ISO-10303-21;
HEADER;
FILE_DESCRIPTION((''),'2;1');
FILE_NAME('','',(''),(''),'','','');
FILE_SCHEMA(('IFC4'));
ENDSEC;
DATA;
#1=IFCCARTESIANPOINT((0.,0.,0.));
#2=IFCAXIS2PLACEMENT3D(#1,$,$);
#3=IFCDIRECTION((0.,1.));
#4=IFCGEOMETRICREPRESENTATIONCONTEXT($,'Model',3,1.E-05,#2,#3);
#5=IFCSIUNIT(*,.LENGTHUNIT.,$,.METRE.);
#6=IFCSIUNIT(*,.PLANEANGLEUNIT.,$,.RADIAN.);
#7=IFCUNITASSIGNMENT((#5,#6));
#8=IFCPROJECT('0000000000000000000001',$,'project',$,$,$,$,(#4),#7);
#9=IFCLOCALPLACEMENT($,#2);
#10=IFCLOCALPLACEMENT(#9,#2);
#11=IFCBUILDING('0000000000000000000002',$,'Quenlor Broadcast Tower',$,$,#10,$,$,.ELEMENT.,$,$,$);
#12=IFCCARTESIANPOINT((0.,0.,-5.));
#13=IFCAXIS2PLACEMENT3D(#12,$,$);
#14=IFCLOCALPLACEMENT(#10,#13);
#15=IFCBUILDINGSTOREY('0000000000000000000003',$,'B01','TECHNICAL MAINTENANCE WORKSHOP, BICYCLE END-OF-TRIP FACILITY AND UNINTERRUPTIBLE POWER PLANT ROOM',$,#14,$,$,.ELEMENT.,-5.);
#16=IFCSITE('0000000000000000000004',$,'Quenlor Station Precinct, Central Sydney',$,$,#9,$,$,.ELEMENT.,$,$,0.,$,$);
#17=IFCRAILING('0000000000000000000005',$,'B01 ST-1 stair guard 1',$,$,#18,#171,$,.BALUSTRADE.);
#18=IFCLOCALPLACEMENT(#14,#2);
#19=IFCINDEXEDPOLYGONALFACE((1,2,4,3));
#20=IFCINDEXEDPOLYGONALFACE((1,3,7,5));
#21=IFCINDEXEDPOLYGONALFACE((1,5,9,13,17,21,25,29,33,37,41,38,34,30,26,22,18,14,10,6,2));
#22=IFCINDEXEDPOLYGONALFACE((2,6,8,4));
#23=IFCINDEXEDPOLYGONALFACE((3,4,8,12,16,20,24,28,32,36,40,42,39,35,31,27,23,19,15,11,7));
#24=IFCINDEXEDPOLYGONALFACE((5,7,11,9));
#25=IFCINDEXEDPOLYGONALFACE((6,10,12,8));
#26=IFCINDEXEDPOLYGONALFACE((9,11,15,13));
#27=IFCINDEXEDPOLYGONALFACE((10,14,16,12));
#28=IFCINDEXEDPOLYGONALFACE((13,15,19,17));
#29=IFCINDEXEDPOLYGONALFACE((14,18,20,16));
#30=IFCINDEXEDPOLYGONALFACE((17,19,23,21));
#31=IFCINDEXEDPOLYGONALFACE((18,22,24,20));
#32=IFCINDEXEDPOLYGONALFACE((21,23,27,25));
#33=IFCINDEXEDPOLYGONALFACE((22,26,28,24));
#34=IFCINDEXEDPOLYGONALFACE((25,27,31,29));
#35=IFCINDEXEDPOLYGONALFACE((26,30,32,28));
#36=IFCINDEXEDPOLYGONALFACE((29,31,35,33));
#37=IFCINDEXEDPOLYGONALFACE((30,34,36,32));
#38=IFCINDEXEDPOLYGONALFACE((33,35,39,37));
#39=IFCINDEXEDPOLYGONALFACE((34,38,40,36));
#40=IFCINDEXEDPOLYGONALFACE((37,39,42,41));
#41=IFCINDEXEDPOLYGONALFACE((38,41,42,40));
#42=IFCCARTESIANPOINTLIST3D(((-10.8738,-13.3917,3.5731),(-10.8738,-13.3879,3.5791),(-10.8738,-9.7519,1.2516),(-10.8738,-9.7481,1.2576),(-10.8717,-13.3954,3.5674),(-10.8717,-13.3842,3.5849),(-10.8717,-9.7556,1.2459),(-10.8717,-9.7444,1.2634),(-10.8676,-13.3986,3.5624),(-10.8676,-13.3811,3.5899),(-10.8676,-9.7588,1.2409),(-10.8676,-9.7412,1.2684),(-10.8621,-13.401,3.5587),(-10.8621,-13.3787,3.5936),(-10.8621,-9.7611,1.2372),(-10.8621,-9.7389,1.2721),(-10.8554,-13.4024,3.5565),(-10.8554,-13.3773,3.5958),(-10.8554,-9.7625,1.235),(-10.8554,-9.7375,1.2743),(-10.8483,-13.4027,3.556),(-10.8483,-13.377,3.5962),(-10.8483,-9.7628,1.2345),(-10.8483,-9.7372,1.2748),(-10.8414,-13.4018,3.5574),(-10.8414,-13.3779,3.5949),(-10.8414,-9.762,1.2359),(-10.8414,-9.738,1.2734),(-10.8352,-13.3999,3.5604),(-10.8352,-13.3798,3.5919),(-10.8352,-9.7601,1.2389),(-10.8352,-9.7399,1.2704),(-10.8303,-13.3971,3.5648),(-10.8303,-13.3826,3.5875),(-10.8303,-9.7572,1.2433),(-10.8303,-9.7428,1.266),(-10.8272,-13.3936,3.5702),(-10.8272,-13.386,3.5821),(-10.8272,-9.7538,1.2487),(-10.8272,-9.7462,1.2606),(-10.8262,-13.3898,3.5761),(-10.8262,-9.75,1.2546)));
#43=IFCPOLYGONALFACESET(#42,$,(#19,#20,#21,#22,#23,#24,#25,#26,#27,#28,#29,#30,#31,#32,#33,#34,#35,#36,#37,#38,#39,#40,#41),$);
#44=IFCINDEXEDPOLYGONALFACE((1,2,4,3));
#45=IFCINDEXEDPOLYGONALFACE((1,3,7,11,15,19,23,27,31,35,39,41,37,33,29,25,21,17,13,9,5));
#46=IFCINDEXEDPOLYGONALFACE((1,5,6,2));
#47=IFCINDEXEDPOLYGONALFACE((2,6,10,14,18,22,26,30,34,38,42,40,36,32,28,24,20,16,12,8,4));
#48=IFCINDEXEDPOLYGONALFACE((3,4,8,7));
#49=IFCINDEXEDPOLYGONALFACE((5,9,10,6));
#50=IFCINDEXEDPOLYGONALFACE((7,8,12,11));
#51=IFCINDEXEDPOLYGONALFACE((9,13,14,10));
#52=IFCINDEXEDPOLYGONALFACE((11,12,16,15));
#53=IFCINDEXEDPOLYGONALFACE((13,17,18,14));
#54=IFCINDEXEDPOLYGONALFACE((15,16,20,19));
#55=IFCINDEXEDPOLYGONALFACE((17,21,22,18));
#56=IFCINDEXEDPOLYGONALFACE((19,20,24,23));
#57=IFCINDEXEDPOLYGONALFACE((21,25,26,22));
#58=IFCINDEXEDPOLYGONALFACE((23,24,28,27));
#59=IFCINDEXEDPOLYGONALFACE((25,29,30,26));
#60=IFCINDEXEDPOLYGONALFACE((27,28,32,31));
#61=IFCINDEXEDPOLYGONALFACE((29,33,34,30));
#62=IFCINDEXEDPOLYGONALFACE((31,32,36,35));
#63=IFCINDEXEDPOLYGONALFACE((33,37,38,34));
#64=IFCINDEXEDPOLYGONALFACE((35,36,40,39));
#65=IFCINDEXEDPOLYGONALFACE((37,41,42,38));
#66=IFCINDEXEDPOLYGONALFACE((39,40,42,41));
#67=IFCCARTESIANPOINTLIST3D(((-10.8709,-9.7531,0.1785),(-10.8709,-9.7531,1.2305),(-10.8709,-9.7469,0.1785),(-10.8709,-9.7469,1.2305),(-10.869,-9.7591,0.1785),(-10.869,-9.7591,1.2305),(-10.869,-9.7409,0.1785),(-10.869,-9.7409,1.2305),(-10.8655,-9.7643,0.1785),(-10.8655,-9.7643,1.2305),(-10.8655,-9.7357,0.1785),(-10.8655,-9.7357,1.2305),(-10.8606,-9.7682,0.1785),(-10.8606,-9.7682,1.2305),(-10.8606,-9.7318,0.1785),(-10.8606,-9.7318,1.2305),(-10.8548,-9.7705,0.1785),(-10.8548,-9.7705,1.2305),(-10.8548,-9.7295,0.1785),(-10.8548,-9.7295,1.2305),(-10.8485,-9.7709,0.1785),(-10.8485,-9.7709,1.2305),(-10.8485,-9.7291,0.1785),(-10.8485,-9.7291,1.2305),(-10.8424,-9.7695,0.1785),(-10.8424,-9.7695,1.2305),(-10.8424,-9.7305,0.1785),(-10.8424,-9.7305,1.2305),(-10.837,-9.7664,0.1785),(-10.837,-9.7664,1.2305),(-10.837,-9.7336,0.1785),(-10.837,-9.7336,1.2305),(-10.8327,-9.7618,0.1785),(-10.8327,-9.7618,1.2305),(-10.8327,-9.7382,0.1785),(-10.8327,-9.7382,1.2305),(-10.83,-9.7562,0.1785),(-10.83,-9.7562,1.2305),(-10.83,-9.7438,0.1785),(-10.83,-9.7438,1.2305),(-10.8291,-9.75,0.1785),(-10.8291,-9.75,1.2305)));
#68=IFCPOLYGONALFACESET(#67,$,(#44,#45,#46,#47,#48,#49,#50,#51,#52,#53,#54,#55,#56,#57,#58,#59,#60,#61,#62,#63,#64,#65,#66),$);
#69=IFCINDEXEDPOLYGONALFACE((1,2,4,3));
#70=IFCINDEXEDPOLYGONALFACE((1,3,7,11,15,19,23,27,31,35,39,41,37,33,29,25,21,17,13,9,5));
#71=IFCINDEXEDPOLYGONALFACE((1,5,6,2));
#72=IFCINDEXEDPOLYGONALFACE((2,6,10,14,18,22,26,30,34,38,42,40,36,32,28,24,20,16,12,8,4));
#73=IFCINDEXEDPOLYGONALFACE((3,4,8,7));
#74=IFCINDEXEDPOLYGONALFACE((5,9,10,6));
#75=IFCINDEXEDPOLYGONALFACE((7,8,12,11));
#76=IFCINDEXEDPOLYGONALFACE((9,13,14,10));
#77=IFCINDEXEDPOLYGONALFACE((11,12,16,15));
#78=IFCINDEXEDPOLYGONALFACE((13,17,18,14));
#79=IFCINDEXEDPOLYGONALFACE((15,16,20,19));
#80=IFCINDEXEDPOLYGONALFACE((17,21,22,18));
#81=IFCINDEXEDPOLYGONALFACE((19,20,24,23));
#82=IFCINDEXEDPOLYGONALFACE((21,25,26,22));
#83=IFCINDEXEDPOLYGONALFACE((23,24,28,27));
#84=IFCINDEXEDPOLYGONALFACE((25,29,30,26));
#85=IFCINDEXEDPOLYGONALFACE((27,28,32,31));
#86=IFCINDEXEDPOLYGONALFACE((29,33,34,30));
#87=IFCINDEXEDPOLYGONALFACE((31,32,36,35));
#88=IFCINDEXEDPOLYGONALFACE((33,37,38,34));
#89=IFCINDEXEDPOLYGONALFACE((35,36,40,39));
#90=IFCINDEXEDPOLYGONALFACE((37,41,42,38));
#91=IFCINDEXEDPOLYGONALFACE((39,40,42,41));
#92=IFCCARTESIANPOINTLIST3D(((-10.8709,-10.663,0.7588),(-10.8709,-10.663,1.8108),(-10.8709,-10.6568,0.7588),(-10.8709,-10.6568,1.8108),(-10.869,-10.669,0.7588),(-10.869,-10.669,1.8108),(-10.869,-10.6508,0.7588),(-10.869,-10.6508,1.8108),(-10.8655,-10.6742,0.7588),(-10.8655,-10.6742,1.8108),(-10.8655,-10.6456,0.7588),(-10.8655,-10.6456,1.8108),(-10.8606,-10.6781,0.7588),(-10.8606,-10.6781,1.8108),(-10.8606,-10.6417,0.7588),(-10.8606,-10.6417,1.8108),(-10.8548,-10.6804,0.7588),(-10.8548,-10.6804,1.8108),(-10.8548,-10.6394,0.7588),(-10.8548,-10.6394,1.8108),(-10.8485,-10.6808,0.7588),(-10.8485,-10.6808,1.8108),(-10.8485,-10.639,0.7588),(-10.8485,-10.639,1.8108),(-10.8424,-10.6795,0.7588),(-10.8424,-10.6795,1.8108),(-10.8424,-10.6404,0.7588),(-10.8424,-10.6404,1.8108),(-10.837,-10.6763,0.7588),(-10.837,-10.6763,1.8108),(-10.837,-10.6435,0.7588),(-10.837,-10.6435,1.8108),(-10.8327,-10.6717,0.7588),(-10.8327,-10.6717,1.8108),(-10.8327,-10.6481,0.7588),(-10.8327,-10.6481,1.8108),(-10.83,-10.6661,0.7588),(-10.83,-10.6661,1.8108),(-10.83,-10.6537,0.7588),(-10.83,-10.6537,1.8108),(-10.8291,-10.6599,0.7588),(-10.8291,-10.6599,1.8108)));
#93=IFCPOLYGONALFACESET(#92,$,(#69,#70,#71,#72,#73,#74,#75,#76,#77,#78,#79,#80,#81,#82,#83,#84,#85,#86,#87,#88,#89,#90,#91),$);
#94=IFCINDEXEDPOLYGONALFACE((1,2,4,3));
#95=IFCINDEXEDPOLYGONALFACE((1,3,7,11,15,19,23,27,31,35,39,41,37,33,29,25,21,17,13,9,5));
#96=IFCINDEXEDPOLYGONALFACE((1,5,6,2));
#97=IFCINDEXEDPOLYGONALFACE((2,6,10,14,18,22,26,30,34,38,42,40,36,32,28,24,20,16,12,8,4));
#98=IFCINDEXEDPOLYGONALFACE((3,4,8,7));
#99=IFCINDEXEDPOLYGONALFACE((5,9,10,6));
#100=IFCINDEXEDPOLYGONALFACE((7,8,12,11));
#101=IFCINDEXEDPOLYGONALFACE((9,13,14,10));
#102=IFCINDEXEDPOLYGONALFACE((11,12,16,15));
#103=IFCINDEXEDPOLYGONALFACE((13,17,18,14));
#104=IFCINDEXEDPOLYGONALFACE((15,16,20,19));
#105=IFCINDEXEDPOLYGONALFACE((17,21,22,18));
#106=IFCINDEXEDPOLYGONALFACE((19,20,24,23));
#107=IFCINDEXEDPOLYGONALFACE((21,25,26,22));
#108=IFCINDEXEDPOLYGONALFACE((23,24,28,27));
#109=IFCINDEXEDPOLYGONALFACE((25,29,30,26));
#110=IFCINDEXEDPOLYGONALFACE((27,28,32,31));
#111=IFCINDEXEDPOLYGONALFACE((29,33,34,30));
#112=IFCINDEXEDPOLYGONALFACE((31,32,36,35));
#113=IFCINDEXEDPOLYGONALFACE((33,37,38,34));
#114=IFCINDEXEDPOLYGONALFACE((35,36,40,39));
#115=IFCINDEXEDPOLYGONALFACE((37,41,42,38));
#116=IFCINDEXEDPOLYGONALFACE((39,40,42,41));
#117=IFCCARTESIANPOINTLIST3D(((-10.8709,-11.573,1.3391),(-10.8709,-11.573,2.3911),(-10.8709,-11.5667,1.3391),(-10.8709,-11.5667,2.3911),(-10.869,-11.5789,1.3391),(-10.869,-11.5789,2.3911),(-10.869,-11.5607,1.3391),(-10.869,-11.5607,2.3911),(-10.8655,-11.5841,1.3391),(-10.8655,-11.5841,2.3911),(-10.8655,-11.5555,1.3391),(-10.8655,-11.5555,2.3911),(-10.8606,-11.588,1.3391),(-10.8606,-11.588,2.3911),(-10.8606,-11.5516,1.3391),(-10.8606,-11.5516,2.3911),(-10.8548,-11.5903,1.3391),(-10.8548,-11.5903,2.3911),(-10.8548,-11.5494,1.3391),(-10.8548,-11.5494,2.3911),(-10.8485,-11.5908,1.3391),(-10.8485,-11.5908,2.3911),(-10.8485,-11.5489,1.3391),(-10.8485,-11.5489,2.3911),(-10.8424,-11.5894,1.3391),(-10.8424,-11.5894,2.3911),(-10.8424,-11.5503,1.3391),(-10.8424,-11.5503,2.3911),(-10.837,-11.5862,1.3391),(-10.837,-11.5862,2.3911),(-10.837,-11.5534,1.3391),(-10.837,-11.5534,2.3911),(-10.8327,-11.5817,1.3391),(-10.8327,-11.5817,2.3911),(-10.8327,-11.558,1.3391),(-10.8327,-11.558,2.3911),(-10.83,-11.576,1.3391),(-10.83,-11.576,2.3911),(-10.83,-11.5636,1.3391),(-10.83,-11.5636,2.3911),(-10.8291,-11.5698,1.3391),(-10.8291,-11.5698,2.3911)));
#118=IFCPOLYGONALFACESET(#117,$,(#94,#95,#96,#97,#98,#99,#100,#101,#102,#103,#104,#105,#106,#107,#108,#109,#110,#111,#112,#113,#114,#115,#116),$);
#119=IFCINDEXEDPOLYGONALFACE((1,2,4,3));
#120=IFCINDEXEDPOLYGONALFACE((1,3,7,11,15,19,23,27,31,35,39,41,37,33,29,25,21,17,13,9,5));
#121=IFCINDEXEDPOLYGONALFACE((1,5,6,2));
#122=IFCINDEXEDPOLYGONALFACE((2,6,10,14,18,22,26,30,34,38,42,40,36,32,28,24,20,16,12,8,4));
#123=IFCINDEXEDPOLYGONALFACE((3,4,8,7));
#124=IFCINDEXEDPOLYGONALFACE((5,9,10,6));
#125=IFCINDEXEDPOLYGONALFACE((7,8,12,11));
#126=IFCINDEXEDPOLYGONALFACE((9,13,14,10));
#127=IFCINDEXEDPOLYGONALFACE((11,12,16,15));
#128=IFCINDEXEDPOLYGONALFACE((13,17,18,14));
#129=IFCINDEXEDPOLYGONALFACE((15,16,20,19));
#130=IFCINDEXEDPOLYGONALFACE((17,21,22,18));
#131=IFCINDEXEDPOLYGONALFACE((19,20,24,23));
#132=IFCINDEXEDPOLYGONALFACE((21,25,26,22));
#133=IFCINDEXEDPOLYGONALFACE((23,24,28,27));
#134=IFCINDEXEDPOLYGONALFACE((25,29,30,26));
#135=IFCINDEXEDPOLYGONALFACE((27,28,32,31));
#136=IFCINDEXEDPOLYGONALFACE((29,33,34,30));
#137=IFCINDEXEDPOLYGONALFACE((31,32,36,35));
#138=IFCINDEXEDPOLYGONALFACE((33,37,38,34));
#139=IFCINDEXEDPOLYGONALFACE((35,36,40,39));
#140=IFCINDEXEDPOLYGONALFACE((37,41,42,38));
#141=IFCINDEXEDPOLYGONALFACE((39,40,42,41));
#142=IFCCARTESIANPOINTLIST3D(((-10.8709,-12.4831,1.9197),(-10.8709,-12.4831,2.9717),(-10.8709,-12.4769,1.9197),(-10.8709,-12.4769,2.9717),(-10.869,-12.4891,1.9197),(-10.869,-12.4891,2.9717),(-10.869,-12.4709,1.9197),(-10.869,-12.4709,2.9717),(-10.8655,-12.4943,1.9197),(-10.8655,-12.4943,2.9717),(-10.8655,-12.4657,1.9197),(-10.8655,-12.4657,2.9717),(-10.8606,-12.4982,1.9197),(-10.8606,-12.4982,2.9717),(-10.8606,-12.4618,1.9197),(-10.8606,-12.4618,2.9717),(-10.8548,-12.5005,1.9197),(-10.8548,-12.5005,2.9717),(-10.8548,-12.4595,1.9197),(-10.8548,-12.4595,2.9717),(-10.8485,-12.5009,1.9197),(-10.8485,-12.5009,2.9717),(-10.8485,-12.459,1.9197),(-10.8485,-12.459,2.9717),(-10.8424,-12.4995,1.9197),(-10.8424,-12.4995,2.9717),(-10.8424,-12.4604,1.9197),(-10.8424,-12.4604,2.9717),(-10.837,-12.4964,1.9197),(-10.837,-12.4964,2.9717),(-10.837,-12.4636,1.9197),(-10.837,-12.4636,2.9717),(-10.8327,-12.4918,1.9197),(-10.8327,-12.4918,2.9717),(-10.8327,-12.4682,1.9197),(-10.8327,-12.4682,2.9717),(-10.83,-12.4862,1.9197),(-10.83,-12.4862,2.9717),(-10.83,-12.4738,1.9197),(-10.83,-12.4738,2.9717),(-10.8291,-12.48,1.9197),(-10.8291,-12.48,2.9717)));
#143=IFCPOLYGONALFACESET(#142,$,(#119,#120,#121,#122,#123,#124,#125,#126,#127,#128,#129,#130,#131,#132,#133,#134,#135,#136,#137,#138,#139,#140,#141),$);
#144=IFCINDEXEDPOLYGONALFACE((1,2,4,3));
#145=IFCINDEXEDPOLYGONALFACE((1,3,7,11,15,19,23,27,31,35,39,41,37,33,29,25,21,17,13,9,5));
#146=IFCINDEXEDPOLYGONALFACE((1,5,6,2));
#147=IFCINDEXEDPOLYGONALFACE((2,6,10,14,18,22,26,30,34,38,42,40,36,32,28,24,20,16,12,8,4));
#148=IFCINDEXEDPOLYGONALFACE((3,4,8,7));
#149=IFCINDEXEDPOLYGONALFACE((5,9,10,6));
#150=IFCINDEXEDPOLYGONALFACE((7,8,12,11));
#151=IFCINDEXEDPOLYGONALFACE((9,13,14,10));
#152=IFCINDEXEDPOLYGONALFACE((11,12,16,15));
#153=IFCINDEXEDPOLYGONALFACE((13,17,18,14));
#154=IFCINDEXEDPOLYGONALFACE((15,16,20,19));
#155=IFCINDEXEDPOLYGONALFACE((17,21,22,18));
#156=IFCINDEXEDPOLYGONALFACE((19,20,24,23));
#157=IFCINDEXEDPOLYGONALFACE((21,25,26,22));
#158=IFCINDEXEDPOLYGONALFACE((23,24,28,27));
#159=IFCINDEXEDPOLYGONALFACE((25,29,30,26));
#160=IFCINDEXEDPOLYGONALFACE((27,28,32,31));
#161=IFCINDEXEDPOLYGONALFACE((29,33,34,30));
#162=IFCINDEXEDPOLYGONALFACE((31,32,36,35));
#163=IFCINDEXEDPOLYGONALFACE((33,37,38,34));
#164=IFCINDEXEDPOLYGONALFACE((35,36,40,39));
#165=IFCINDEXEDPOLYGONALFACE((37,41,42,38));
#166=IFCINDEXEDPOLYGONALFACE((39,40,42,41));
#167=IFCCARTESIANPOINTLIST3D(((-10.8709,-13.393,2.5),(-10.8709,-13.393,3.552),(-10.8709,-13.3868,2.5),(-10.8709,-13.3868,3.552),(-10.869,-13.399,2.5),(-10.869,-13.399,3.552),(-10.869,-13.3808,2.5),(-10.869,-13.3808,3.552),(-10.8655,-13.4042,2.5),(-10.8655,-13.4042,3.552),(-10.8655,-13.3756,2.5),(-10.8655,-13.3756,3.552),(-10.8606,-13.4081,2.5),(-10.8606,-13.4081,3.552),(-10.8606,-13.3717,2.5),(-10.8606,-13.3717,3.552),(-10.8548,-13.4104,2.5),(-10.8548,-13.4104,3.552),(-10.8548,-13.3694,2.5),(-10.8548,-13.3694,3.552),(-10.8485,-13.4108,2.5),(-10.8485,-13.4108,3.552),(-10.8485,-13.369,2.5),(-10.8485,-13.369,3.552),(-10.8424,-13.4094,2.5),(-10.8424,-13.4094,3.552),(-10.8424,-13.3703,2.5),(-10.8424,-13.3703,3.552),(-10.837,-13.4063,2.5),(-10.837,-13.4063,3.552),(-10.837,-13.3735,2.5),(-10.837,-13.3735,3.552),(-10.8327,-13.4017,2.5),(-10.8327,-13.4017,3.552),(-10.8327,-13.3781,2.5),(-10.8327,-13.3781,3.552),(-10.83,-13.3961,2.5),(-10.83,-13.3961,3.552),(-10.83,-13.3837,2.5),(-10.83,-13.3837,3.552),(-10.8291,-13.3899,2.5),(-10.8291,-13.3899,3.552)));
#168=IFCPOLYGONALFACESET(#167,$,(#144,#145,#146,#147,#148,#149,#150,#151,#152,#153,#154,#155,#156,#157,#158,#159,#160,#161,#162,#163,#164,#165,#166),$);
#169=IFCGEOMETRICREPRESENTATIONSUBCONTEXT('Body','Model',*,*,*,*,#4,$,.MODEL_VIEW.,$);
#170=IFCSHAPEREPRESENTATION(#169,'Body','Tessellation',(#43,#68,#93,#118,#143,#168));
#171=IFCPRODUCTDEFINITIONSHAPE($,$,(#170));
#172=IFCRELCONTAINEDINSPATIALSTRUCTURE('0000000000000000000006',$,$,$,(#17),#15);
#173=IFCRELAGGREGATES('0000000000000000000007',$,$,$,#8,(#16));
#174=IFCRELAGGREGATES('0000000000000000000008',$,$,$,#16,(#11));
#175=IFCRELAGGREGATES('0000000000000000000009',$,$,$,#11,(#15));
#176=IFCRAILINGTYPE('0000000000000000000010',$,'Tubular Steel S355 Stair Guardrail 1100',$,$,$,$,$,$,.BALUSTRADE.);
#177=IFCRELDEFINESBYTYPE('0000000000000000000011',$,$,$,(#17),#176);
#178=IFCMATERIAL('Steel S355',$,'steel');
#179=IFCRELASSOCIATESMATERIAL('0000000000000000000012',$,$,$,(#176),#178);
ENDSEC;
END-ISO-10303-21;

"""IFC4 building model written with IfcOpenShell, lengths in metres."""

from ifc_helpers import new_model, si_unit, direction, frame, origin, origin_2d, place, context, subcontext, project, spatial, circle, extrude, material, type_object, element, save


model = new_model("IFC4")

# Units and contexts
model_context = context("Model", 3, precision=1e-05, world=origin(), true_north=direction((0.0, 1.0)))
body_context = subcontext(model_context, "Body", "Model", "MODEL_VIEW")
ifc_project = project(units=[si_unit("LENGTHUNIT", "METRE"), si_unit("PLANEANGLEUNIT", "RADIAN")], contexts=[model_context])

# Site, building, storey
site_placement = place(None, origin())
site = spatial("IfcSite", under=ifc_project, at=site_placement, Name="Quenlor Station Precinct, Central Sydney", CompositionType="ELEMENT", RefElevation=0.0)
building_placement = place(site_placement, origin())
building = spatial("IfcBuilding", under=site, at=building_placement, Name="Quenlor Broadcast Tower", CompositionType="ELEMENT")
storey_placement = place(building_placement, frame((0.0, 0.0, -5.0)))
storey = spatial("IfcBuildingStorey", under=building, at=storey_placement, Name="B01", Description="TECHNICAL MAINTENANCE WORKSHOP, BICYCLE END-OF-TRIP FACILITY AND UNINTERRUPTIBLE POWER PLANT ROOM", CompositionType="ELEMENT", Elevation=-5.0)

# Railing
ifc_material_1 = material(Name="Steel S355", Category="steel")
railing_type_1 = type_object("IfcRailingType", Name="Tubular Steel S355 Stair Guardrail 1100", PredefinedType="BALUSTRADE", material=ifc_material_1)
railing_1_placement = place(storey_placement, frame((-10.8501, -9.75, 0.1785)))
element("IfcRailing", 1, at=railing_1_placement, inside=storey, type_object=railing_type_1, Name="B01 ST-1 stair guard 1", PredefinedType="BALUSTRADE", context=body_context, shape_type="SweptSolid", body=[
    extrude(circle(Radius=0.0239, at=origin_2d()), frame((0.0, 0.0, 1.0762), z_axis=(0.0, -0.843112, 0.537739), x_axis=(1.0, 0.0, 0.0)), (0.0, 0.0, 1.0), 4.3171),
    extrude(circle(Radius=0.021, at=origin_2d()), origin(), (0.0, 0.0, 1.0), 1.052),
    extrude(circle(Radius=0.021, at=origin_2d()), frame((0.0, -0.9099, 0.5803)), (0.0, 0.0, 1.0), 1.052),
    extrude(circle(Radius=0.021, at=origin_2d()), frame((0.0, -1.8198, 1.1606)), (0.0, 0.0, 1.0), 1.052),
    extrude(circle(Radius=0.021, at=origin_2d()), frame((0.0, -2.73, 1.7412)), (0.0, 0.0, 1.0), 1.052),
    extrude(circle(Radius=0.021, at=origin_2d()), frame((0.0, -3.6399, 2.3215)), (0.0, 0.0, 1.0), 1.052),
])

save(model, "model.ifc")
